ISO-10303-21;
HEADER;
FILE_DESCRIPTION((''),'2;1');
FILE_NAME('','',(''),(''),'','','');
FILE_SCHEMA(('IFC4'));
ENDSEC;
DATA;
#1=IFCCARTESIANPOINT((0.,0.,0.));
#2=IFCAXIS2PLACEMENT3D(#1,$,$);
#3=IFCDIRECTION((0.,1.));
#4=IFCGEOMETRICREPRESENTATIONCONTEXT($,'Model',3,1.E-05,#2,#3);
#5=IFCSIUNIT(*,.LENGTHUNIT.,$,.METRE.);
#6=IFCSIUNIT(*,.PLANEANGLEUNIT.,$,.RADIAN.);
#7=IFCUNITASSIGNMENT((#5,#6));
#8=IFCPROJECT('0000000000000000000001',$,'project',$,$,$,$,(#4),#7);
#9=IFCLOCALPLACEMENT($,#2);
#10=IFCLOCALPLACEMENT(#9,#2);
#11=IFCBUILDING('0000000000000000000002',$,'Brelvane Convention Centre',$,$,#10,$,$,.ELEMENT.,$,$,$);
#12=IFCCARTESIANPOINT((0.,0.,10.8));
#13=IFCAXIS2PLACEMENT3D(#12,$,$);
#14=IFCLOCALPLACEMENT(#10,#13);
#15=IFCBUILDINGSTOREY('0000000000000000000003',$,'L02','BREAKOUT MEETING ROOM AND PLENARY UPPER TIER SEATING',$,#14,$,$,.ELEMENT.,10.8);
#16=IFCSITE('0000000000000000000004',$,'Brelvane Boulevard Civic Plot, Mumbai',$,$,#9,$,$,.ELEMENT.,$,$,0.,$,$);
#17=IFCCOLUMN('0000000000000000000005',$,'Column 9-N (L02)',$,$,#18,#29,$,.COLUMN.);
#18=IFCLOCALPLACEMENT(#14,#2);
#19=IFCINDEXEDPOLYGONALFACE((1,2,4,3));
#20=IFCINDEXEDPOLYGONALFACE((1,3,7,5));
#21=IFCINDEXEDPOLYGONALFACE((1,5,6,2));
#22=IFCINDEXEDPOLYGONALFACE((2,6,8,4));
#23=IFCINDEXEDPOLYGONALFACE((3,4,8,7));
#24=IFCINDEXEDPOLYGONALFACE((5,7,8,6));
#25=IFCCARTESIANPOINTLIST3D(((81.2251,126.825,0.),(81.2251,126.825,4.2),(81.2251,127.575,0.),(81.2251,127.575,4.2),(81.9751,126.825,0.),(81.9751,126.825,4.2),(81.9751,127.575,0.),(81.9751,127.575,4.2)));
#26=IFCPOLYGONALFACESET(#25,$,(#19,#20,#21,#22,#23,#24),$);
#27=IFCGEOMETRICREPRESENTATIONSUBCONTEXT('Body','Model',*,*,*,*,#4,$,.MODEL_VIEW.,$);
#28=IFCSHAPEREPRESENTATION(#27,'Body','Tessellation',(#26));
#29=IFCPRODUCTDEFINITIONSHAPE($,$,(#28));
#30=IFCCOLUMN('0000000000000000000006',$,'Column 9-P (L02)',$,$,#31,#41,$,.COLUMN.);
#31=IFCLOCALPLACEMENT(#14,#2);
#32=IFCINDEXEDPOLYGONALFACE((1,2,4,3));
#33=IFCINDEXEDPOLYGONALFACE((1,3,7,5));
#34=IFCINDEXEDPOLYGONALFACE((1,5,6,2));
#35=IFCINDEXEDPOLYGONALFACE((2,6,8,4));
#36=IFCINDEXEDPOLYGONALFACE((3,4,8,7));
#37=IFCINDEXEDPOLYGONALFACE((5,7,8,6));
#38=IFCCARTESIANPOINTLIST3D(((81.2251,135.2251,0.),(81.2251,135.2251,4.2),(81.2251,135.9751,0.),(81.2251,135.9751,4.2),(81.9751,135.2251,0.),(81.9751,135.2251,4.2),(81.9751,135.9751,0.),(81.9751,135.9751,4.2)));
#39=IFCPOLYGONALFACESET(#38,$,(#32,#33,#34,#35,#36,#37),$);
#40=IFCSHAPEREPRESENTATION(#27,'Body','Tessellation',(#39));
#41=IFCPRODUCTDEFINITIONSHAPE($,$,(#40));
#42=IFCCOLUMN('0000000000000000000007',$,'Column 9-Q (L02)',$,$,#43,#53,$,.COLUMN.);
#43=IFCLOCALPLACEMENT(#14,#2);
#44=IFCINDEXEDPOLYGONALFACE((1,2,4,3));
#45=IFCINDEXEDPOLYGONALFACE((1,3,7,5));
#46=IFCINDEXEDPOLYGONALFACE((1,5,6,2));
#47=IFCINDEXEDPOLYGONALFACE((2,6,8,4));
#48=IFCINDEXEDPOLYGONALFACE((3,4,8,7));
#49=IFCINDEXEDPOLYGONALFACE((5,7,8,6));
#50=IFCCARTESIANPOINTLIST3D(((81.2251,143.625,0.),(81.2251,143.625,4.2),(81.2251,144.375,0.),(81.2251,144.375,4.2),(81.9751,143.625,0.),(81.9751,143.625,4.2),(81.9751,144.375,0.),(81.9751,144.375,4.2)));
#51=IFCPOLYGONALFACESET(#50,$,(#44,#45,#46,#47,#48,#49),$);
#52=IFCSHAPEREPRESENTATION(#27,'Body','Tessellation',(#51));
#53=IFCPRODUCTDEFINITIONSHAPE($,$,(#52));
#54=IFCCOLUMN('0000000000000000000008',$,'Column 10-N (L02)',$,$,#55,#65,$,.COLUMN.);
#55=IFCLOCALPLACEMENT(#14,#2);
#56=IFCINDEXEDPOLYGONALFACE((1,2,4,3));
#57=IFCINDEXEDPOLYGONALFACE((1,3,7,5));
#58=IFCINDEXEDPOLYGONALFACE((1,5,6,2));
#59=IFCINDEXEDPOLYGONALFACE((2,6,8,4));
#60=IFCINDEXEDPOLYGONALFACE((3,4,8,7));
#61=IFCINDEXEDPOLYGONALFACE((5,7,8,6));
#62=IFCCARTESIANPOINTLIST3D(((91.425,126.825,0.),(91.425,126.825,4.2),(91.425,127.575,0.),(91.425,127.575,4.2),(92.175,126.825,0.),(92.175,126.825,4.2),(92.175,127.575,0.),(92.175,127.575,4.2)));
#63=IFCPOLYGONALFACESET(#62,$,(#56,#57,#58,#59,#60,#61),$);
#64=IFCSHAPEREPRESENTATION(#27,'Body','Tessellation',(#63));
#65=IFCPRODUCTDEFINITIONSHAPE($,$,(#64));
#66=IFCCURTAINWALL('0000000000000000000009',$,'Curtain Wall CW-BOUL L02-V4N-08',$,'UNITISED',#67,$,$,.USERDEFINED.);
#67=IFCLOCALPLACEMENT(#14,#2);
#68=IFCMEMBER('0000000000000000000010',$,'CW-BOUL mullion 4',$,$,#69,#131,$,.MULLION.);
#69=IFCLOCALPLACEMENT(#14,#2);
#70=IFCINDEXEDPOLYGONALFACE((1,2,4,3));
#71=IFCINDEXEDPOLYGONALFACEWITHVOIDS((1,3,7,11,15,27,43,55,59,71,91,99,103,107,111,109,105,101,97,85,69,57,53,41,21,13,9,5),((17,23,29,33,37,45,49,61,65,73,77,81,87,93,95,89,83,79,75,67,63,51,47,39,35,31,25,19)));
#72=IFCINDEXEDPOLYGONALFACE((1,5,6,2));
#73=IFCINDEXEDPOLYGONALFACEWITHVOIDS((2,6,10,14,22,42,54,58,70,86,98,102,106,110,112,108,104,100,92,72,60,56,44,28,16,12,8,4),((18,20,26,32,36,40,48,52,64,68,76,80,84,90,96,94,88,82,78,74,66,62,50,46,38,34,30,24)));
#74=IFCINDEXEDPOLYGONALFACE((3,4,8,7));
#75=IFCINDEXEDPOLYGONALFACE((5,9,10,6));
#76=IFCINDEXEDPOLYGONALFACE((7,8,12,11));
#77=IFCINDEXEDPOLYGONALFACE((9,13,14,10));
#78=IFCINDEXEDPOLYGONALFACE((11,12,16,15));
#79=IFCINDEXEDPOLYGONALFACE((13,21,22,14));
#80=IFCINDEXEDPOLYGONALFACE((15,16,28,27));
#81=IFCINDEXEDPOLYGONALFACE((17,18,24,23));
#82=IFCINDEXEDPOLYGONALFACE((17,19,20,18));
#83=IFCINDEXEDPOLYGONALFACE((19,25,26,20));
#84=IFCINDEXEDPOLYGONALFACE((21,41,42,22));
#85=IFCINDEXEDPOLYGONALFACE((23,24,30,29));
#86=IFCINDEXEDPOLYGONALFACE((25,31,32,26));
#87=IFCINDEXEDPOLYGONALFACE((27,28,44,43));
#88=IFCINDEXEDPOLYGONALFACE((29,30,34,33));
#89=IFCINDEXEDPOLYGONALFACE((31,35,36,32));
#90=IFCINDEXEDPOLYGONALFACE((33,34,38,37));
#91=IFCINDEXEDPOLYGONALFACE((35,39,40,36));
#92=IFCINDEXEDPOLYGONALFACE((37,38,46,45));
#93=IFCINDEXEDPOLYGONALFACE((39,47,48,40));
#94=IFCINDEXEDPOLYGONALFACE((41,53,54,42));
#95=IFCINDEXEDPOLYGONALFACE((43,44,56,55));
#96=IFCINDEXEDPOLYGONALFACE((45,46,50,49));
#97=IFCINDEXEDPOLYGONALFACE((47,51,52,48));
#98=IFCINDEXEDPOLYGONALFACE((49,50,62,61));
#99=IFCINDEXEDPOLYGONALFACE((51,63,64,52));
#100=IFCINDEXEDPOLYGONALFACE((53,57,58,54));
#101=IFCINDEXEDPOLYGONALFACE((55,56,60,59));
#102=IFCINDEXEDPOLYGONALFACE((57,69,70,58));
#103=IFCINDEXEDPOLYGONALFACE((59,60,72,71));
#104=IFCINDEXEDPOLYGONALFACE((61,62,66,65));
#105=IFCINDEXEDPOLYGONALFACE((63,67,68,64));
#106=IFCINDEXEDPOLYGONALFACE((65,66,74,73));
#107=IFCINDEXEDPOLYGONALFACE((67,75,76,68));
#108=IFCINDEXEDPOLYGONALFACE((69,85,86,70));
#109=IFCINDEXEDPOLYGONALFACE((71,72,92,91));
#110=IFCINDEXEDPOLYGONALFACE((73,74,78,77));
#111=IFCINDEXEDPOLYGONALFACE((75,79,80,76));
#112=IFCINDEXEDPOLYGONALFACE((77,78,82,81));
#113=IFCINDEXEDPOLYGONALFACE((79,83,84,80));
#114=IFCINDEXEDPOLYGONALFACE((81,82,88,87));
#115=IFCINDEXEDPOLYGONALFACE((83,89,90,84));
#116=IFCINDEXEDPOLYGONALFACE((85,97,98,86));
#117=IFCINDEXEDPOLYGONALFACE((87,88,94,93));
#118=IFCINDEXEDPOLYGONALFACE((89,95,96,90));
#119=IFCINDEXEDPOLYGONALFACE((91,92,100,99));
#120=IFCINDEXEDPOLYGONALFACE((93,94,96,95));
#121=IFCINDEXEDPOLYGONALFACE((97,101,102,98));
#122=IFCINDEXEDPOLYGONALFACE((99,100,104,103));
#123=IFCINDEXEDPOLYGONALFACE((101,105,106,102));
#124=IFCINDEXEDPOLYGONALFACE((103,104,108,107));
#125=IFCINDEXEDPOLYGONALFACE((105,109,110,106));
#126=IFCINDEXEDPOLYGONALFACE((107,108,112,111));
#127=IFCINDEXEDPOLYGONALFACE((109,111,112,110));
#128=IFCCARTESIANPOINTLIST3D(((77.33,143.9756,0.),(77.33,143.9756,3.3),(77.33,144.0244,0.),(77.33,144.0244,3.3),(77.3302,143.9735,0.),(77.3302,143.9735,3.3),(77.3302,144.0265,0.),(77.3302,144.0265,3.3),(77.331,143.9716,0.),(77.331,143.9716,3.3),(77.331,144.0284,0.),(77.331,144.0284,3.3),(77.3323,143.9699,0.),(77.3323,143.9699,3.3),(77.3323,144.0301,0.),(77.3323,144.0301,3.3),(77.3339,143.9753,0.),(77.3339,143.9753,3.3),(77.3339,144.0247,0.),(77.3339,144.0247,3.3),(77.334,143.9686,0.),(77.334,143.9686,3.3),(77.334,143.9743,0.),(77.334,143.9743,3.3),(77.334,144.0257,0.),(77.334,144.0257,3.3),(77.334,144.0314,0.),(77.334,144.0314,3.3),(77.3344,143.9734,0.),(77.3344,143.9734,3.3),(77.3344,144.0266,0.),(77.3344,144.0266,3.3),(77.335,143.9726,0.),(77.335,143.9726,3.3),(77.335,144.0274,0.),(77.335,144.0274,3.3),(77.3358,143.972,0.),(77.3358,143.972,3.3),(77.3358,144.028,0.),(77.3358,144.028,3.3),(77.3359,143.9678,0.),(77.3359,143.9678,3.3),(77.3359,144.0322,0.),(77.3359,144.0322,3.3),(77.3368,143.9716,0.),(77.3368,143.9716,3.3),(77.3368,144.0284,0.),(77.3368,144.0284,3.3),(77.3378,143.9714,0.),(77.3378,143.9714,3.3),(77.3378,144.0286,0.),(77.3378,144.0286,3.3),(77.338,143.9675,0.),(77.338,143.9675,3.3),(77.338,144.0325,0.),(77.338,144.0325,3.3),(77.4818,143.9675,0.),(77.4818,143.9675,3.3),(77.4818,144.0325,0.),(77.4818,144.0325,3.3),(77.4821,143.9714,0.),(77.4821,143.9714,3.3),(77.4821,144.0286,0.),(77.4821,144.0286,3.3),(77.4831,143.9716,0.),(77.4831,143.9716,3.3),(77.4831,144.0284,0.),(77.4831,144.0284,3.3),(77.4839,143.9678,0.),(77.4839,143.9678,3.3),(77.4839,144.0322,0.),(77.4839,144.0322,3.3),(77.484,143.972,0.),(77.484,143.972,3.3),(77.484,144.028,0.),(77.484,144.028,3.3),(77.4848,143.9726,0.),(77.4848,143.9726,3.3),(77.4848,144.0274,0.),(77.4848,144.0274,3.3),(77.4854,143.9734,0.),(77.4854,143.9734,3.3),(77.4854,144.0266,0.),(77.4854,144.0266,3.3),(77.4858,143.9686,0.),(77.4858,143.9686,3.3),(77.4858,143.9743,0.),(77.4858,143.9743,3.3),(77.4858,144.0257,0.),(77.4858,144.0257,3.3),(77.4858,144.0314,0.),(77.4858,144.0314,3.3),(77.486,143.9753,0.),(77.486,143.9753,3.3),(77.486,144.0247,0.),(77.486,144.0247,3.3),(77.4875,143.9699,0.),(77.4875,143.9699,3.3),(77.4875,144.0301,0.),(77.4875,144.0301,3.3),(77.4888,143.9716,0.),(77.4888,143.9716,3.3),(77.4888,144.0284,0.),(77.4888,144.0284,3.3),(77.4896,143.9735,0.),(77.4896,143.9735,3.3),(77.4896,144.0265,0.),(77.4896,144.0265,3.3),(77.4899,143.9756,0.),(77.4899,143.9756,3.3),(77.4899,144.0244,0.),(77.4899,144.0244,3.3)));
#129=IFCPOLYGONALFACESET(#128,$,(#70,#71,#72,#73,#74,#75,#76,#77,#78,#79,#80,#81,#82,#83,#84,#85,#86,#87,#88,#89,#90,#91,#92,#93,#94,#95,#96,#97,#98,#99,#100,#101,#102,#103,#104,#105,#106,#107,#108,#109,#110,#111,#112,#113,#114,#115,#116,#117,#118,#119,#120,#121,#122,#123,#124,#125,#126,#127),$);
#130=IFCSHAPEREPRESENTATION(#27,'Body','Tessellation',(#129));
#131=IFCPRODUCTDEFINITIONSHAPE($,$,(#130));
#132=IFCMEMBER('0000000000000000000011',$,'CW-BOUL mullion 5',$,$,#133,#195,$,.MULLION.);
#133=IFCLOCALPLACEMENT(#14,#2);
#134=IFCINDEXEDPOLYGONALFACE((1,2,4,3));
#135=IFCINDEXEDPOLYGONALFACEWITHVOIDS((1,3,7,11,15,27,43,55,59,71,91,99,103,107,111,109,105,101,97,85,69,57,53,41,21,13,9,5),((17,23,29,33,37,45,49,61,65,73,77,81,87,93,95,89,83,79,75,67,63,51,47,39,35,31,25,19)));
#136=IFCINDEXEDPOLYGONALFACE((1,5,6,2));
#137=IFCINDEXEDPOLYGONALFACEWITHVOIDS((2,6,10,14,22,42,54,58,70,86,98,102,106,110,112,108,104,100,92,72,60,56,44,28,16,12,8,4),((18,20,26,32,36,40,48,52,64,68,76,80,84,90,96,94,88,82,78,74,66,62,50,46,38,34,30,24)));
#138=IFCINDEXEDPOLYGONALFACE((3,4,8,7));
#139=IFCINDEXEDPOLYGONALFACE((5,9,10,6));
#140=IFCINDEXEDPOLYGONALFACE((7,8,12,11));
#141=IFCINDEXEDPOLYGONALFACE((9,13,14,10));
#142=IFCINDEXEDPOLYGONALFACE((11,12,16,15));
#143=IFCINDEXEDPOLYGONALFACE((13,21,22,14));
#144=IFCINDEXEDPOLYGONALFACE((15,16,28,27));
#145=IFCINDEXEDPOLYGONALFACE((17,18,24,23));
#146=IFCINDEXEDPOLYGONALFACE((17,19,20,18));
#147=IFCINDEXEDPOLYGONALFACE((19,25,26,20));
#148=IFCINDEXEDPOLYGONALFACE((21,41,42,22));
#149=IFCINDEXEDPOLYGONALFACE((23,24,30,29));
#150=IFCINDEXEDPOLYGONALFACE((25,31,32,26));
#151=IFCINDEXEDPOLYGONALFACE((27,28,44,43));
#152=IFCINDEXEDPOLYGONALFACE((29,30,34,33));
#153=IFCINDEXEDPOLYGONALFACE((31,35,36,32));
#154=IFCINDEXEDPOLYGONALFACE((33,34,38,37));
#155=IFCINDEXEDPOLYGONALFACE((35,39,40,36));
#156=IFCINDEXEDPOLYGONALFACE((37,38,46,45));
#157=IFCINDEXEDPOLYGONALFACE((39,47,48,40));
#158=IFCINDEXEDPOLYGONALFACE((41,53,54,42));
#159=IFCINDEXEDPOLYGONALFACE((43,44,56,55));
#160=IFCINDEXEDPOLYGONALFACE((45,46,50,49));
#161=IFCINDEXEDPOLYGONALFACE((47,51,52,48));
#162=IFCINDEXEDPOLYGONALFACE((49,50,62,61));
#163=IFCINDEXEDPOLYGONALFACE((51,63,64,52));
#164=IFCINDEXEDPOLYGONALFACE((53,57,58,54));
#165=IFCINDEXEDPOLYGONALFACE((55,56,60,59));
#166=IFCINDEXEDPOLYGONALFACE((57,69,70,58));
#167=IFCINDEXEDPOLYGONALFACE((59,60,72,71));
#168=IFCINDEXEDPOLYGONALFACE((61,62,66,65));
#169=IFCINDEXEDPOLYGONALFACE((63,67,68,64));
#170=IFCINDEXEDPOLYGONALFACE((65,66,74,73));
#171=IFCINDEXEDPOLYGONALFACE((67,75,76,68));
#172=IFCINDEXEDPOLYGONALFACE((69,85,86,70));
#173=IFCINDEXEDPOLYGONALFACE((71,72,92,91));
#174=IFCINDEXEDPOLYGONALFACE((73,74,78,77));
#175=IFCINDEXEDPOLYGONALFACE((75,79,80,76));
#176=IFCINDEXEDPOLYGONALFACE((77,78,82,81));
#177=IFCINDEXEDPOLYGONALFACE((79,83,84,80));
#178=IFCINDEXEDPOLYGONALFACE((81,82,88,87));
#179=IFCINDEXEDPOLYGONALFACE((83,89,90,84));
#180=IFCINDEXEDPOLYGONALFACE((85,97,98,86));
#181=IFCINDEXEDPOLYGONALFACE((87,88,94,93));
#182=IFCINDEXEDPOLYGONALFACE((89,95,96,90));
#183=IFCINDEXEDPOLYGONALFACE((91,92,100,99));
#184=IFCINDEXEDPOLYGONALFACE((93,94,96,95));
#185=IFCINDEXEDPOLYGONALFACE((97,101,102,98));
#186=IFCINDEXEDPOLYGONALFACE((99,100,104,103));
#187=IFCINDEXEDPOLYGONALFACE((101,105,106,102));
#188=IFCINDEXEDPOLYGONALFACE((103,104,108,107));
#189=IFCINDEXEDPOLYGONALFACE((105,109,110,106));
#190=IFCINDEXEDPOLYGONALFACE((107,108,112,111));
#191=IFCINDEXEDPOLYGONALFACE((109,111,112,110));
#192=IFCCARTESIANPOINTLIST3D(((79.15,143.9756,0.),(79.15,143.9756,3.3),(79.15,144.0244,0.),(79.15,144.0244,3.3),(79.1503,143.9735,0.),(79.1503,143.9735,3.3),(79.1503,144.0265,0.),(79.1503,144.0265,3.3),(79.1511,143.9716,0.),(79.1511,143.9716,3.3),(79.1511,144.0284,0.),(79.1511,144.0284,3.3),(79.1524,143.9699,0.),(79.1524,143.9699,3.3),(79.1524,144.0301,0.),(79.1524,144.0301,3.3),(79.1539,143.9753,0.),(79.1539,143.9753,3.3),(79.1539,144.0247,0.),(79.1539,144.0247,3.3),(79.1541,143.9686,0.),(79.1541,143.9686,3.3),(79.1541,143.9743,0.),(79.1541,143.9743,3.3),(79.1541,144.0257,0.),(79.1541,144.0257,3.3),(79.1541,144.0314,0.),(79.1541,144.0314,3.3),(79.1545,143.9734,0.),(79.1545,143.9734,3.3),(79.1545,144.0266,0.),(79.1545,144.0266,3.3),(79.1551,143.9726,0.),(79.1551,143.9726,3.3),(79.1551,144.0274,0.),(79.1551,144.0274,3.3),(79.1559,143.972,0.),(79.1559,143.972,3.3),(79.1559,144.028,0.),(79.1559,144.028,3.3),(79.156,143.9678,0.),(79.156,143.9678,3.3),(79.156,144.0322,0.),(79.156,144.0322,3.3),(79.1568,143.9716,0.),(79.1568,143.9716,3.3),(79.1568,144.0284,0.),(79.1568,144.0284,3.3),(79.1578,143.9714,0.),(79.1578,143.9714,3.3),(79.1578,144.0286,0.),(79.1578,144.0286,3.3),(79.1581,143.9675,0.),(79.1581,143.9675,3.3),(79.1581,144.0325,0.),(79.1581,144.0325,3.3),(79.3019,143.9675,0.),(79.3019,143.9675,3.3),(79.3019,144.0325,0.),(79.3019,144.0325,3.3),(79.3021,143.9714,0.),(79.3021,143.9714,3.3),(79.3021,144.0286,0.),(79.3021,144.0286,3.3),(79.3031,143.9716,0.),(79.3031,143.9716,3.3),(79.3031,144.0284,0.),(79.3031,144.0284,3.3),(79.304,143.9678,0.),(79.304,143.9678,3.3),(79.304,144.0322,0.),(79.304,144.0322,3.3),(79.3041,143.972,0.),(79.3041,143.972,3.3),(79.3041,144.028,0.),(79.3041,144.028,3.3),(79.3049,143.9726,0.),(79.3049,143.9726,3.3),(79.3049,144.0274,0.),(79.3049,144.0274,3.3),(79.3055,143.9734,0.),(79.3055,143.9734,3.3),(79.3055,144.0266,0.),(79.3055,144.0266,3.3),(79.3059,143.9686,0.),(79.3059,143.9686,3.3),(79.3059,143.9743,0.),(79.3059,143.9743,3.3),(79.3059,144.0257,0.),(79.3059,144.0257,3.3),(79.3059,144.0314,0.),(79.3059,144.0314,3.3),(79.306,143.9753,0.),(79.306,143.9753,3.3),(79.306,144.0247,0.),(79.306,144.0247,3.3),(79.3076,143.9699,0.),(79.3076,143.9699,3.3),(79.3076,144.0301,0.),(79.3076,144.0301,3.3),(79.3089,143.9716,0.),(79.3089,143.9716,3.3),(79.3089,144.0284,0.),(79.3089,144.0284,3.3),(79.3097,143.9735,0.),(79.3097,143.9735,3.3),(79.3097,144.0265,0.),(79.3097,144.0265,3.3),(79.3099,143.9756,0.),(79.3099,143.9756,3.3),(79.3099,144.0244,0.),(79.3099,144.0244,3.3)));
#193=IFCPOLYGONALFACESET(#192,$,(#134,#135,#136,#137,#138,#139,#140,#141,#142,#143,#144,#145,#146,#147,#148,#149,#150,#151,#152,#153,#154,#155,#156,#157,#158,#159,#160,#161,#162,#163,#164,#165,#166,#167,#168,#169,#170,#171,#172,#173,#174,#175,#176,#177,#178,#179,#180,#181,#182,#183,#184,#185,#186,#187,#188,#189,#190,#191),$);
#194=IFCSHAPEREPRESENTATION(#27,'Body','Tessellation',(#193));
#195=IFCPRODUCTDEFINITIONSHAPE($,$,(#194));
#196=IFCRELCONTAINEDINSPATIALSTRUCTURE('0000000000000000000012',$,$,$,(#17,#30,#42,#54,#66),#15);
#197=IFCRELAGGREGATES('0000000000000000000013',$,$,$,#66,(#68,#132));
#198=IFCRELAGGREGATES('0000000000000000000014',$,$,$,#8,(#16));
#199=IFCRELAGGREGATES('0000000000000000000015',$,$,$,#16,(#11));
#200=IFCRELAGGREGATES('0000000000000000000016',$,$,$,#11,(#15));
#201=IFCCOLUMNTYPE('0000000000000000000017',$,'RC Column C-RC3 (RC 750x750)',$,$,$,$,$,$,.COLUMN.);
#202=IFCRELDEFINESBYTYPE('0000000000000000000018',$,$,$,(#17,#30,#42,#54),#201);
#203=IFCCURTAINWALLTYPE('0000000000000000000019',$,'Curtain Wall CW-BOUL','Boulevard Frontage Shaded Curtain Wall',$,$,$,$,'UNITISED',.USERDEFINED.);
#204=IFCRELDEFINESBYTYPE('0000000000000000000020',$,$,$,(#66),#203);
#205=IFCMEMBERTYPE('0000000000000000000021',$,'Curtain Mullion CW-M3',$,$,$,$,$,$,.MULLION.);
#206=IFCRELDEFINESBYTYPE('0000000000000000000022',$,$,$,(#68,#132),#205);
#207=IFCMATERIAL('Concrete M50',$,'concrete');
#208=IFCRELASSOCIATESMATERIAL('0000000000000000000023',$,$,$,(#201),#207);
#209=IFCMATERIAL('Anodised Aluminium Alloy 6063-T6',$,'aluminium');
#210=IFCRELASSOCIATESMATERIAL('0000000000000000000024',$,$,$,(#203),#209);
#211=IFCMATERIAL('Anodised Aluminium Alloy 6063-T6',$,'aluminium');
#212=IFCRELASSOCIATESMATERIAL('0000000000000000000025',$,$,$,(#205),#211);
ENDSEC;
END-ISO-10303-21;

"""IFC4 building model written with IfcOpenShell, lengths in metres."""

from ifc_helpers import new_model, si_unit, direction, frame, origin, origin_2d, place, context, subcontext, project, spatial, rectangle, hollow_rectangle, extrude, material, material_profile, profile_set, type_object, element, aggregate, save


model = new_model("IFC4")

# Units and contexts
model_context = context("Model", 3, precision=1e-05, world=origin(), true_north=direction((0.0, 1.0)))
body_context = subcontext(model_context, "Body", "Model", "MODEL_VIEW")
ifc_project = project(units=[si_unit("LENGTHUNIT", "METRE"), si_unit("PLANEANGLEUNIT", "RADIAN")], contexts=[model_context])

# Site, building, storey
site_placement = place(None, origin())
site = spatial("IfcSite", under=ifc_project, at=site_placement, Name="Brelvane Boulevard Civic Plot, Mumbai", CompositionType="ELEMENT", RefElevation=0.0)
building_placement = place(site_placement, origin())
building = spatial("IfcBuilding", under=site, at=building_placement, Name="Brelvane Convention Centre", CompositionType="ELEMENT")
storey_placement = place(building_placement, frame((0.0, 0.0, 10.8)))
storey = spatial("IfcBuildingStorey", under=building, at=storey_placement, Name="L02", Description="BREAKOUT MEETING ROOM AND PLENARY UPPER TIER SEATING", CompositionType="ELEMENT", Elevation=10.8)

# Columns
ifc_material_1 = material(Name="Concrete M50", Category="concrete")
ifc_material_profile_1 = material_profile(ifc_material_1, rectangle(XDim=0.75, YDim=0.75, at=origin_2d()), Name="RC 750x750")
ifc_profile_set_1 = profile_set([ifc_material_profile_1], Name="Concrete M50")
column_type = type_object("IfcColumnType", Name="RC Column C-RC3 (RC 750x750)", PredefinedType="COLUMN", material=ifc_profile_set_1)
for number, where, z_axis, x_axis, name in (
    (1, (81.6001, 127.2, 0.0), (0.0, 0.0, 1.0), (1.0, 0.0, 0.0), "Column 9-N (L02)"),
    (2, (81.6001, 135.6001, 0.0), (0.0, 0.0, 1.0), (1.0, 0.0, 0.0), "Column 9-P (L02)"),
    (3, (81.6001, 144.0, 0.0), (0.0, 0.0, 1.0), (1.0, 0.0, 0.0), "Column 9-Q (L02)"),
    (4, (91.8, 127.2, 0.0), (0.0, 0.0, 1.0), (1.0, 0.0, 0.0), "Column 10-N (L02)"),
):
    element("IfcColumn", number, at=place(storey_placement, frame(where, z_axis=z_axis, x_axis=x_axis)), inside=storey, type_object=column_type, Name=name, PredefinedType="COLUMN", context=body_context, shape_type="SweptSolid", body=[
        extrude(rectangle(XDim=0.75, YDim=0.75, at=origin_2d()), origin(), (0.0, 0.0, 1.0), 4.2),
    ])

# Curtain wall, members
ifc_material_2 = material(Name="Anodised Aluminium Alloy 6063-T6", Category="aluminium")
curtain_wall_type = type_object("IfcCurtainWallType", Name="Curtain Wall CW-BOUL", Description="Boulevard Frontage Shaded Curtain Wall", ElementType="UNITISED", PredefinedType="USERDEFINED", material=ifc_material_2)
curtain_wall_placement = place(storey_placement, origin())
curtain_wall = element("IfcCurtainWall", 5, at=curtain_wall_placement, inside=storey, type_object=curtain_wall_type, Name="Curtain Wall CW-BOUL L02-V4N-08", ObjectType="UNITISED", PredefinedType="USERDEFINED")
ifc_material_3 = material(Name="Anodised Aluminium Alloy 6063-T6", Category="aluminium")
ifc_material_profile_2 = material_profile(ifc_material_3, hollow_rectangle(XDim=0.0649, YDim=0.1599, WallThickness=0.0039, InnerFilletRadius=0.0039, OuterFilletRadius=0.0081, at=origin_2d()), Name="ALU-M 160x65x4.0")
ifc_profile_set_2 = profile_set([ifc_material_profile_2], Name="Anodised Aluminium Alloy 6063-T6")
member_type_1 = type_object("IfcMemberType", Name="Curtain Mullion CW-M3", PredefinedType="MULLION", material=ifc_profile_set_2)
member_1_placement = place(storey_placement, frame((77.4099, 144.0, 0.0), z_axis=(0.0, 0.0, 1.0), x_axis=(0.0, 1.0, 0.0)))
member_1 = element("IfcMember", 6, at=member_1_placement, type_object=member_type_1, Name="CW-BOUL mullion 4", PredefinedType="MULLION", context=body_context, shape_type="SweptSolid", body=[
    extrude(hollow_rectangle(XDim=0.0649, YDim=0.1599, WallThickness=0.0039, InnerFilletRadius=0.0039, OuterFilletRadius=0.0081, at=origin_2d()), origin(), (0.0, 0.0, 1.0), 3.3),
])
member_2_placement = place(storey_placement, frame((79.23, 144.0, 0.0), z_axis=(0.0, 0.0, 1.0), x_axis=(0.0, 1.0, 0.0)))
member_2 = element("IfcMember", 7, at=member_2_placement, type_object=member_type_1, Name="CW-BOUL mullion 5", PredefinedType="MULLION", context=body_context, shape_type="SweptSolid", body=[
    extrude(hollow_rectangle(XDim=0.0649, YDim=0.1599, WallThickness=0.0039, InnerFilletRadius=0.0039, OuterFilletRadius=0.0081, at=origin_2d()), origin(), (0.0, 0.0, 1.0), 3.3),
])

aggregate(curtain_wall, [member_1, member_2])

save(model, "model.ifc")
